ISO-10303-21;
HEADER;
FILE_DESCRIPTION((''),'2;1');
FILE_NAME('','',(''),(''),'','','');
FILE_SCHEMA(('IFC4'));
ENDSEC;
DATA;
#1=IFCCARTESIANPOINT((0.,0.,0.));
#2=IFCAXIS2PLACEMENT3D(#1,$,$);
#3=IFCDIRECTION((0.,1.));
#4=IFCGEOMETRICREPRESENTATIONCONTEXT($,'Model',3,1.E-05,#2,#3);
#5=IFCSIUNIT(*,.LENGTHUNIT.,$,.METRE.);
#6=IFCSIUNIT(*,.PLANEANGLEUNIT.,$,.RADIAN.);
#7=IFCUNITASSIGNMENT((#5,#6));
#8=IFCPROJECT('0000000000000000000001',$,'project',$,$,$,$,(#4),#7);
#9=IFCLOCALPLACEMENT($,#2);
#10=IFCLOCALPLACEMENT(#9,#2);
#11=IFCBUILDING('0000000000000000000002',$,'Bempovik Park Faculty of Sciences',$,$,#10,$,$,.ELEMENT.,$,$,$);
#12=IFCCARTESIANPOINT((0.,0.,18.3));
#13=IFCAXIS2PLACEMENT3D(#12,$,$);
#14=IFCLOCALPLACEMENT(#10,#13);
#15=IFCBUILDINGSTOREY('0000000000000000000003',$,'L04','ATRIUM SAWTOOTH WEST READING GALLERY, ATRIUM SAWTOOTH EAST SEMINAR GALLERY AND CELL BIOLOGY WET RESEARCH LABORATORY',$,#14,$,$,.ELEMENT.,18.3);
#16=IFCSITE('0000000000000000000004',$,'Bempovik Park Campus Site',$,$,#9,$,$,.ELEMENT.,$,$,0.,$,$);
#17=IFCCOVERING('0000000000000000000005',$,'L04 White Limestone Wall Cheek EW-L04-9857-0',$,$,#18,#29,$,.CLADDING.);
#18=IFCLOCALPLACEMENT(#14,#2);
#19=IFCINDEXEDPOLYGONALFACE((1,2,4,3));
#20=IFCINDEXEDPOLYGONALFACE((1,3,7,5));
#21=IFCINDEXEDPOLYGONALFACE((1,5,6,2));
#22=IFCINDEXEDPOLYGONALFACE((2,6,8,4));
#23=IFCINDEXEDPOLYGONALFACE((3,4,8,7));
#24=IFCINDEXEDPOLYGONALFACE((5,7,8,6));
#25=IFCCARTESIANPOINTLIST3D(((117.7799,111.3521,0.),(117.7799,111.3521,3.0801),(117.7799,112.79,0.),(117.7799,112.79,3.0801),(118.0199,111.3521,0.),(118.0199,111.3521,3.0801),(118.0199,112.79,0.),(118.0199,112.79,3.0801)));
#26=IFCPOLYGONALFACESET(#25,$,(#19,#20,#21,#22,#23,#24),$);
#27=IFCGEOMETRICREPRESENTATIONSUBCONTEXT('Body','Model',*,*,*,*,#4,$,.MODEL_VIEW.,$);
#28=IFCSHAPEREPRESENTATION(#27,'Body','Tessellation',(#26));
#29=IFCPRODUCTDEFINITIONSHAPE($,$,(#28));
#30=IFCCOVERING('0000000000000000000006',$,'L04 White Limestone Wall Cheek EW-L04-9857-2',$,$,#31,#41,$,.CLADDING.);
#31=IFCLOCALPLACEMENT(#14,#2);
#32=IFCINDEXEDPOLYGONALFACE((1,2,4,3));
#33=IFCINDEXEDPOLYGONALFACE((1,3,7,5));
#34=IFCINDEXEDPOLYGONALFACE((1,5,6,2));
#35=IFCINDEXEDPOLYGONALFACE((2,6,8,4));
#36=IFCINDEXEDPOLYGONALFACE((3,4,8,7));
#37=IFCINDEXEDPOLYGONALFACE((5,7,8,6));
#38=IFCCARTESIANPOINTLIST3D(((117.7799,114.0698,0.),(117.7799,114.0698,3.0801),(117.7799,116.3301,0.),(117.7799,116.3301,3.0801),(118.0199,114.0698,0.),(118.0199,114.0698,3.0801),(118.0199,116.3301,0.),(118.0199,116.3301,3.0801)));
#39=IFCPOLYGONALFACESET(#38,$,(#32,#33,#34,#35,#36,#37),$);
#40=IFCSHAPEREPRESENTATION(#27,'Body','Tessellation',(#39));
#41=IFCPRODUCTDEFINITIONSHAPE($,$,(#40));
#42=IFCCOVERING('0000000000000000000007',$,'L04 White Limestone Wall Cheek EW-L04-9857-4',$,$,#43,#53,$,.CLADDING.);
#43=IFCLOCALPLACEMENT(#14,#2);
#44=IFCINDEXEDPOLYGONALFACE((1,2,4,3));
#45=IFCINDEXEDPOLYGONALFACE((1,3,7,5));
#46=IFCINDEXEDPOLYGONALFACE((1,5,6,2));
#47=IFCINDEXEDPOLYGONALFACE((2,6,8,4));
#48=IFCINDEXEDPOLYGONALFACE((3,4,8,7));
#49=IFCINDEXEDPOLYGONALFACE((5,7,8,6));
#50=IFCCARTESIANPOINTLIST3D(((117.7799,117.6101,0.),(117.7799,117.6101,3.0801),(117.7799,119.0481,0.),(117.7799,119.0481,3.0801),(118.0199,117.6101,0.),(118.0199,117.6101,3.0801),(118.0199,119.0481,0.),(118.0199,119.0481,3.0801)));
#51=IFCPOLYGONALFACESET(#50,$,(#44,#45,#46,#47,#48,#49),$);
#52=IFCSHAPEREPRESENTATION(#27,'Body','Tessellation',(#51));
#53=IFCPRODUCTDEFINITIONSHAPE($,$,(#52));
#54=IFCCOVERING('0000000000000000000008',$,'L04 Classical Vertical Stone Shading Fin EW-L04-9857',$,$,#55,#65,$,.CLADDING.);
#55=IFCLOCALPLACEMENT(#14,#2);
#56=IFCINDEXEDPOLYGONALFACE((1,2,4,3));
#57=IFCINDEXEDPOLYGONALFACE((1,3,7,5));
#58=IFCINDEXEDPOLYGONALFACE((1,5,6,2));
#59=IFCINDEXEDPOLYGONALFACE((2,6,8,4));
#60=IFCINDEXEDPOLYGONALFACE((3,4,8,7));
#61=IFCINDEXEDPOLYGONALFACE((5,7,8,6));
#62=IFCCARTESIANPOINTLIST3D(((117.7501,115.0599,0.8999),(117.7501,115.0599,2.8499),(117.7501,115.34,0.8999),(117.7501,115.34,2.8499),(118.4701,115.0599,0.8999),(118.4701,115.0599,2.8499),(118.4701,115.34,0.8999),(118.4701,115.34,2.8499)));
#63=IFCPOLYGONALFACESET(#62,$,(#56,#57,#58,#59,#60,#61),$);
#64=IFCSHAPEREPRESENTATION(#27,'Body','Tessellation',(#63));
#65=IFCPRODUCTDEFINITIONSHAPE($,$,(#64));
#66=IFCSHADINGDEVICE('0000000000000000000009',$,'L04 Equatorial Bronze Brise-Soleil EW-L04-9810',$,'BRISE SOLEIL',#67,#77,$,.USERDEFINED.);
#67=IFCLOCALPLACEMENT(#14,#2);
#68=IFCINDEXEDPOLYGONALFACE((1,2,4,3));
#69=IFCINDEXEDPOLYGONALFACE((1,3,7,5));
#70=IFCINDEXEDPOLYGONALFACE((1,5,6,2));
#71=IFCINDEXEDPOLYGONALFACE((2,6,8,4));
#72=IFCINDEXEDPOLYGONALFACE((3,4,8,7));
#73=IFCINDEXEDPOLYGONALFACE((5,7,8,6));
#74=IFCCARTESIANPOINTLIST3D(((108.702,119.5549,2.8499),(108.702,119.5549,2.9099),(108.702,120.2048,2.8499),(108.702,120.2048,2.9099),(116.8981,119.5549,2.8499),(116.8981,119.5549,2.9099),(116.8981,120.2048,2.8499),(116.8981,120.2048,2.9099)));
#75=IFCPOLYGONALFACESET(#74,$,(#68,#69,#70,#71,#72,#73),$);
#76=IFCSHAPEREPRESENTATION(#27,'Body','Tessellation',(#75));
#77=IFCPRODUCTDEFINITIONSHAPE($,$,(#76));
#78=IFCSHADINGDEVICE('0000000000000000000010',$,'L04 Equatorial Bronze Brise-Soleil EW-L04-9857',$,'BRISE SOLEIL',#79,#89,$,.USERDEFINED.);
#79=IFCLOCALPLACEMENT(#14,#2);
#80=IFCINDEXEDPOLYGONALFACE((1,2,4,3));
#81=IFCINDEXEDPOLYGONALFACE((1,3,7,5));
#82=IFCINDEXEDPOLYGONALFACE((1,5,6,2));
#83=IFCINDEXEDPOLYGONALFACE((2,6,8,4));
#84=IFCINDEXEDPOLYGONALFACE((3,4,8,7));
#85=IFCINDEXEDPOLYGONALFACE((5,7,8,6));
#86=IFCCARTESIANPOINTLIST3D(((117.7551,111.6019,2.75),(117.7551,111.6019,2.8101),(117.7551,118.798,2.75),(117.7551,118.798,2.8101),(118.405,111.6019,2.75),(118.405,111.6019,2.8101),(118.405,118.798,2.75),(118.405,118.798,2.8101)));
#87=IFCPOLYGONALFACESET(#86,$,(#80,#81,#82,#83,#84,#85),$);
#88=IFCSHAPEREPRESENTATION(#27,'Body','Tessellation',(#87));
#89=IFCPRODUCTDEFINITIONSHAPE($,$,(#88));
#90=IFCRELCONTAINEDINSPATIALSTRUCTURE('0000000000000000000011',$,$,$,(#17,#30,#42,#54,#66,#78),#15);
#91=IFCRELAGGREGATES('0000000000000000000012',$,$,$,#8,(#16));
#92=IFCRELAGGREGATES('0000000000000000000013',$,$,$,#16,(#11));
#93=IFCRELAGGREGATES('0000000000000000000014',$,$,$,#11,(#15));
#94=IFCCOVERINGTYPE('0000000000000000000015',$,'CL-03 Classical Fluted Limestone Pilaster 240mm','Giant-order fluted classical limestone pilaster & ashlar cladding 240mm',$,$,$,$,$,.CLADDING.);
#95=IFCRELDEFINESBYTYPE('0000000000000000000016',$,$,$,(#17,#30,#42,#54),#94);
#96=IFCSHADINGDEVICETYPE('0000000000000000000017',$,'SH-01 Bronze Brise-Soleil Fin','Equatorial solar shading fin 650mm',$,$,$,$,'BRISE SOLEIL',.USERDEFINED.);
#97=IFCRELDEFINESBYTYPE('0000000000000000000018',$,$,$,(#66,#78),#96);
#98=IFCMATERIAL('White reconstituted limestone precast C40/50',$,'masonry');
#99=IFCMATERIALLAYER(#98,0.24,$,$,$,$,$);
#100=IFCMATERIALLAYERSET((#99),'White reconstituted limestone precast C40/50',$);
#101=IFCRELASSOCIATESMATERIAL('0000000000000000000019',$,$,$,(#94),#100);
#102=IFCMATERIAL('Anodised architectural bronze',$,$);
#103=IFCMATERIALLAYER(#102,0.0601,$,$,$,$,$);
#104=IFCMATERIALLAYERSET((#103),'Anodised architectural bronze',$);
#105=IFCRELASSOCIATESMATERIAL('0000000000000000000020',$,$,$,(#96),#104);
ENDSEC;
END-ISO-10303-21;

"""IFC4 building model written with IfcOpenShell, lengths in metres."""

from ifc_helpers import new_model, si_unit, direction, frame, origin, origin_2d, place, context, subcontext, project, spatial, rectangle, extrude, material, layer, layer_set, type_object, element, save


model = new_model("IFC4")

# Units and contexts
model_context = context("Model", 3, precision=1e-05, world=origin(), true_north=direction((0.0, 1.0)))
body_context = subcontext(model_context, "Body", "Model", "MODEL_VIEW")
ifc_project = project(units=[si_unit("LENGTHUNIT", "METRE"), si_unit("PLANEANGLEUNIT", "RADIAN")], contexts=[model_context])

# Site, building, storey
site_placement = place(None, origin())
site = spatial("IfcSite", under=ifc_project, at=site_placement, Name="Bempovik Park Campus Site", CompositionType="ELEMENT", RefElevation=0.0)
building_placement = place(site_placement, origin())
building = spatial("IfcBuilding", under=site, at=building_placement, Name="Bempovik Park Faculty of Sciences", CompositionType="ELEMENT")
storey_placement = place(building_placement, frame((0.0, 0.0, 18.3)))
storey = spatial("IfcBuildingStorey", under=building, at=storey_placement, Name="L04", Description="ATRIUM SAWTOOTH WEST READING GALLERY, ATRIUM SAWTOOTH EAST SEMINAR GALLERY AND CELL BIOLOGY WET RESEARCH LABORATORY", CompositionType="ELEMENT", Elevation=18.3)

# Coverings
ifc_material_1 = material(Name="White reconstituted limestone precast C40/50", Category="masonry")
ifc_layer_1 = layer(ifc_material_1, 0.24)
ifc_layer_set_1 = layer_set([ifc_layer_1], Name="White reconstituted limestone precast C40/50")
covering_type_1 = type_object("IfcCoveringType", Name="CL-03 Classical Fluted Limestone Pilaster 240mm", Description="Giant-order fluted classical limestone pilaster & ashlar cladding 240mm", PredefinedType="CLADDING", material=ifc_layer_set_1)
covering_1_placement = place(storey_placement, frame((117.8999, 112.071, 0.0), z_axis=(0.0, 0.0, 1.0), x_axis=(1.0, 0.0, 0.0)))
element("IfcCovering", 1, at=covering_1_placement, inside=storey, type_object=covering_type_1, Name="L04 White Limestone Wall Cheek EW-L04-9857-0", PredefinedType="CLADDING", context=body_context, shape_type="SweptSolid", body=[
    extrude(rectangle(XDim=0.24, YDim=1.438, at=origin_2d()), origin(), (0.0, 0.0, 1.0), 3.0801),
])
covering_2_placement = place(storey_placement, frame((117.8999, 115.2, 0.0), z_axis=(0.0, 0.0, 1.0), x_axis=(1.0, 0.0, 0.0)))
element("IfcCovering", 2, at=covering_2_placement, inside=storey, type_object=covering_type_1, Name="L04 White Limestone Wall Cheek EW-L04-9857-2", PredefinedType="CLADDING", context=body_context, shape_type="SweptSolid", body=[
    extrude(rectangle(XDim=0.24, YDim=2.2603, at=origin_2d()), origin(), (0.0, 0.0, 1.0), 3.0801),
])
covering_3_placement = place(storey_placement, frame((117.8999, 118.3291, 0.0), z_axis=(0.0, 0.0, 1.0), x_axis=(1.0, 0.0, 0.0)))
element("IfcCovering", 3, at=covering_3_placement, inside=storey, type_object=covering_type_1, Name="L04 White Limestone Wall Cheek EW-L04-9857-4", PredefinedType="CLADDING", context=body_context, shape_type="SweptSolid", body=[
    extrude(rectangle(XDim=0.24, YDim=1.438, at=origin_2d()), origin(), (0.0, 0.0, 1.0), 3.0801),
])
covering_4_placement = place(storey_placement, frame((118.1101, 115.2, 0.8999), z_axis=(0.0, 0.0, 1.0), x_axis=(1.0, 0.0, 0.0)))
element("IfcCovering", 4, at=covering_4_placement, inside=storey, type_object=covering_type_1, Name="L04 Classical Vertical Stone Shading Fin EW-L04-9857", PredefinedType="CLADDING", context=body_context, shape_type="SweptSolid", body=[
    extrude(rectangle(XDim=0.72, YDim=0.28, at=origin_2d()), origin(), (0.0, 0.0, 1.0), 1.95),
])

# Shading devices
ifc_material_2 = material(Name="Anodised architectural bronze")
ifc_layer_2 = layer(ifc_material_2, 0.0601)
ifc_layer_set_2 = layer_set([ifc_layer_2], Name="Anodised architectural bronze")
shading_device_type = type_object("IfcShadingDeviceType", Name="SH-01 Bronze Brise-Soleil Fin", Description="Equatorial solar shading fin 650mm", ElementType="BRISE SOLEIL", PredefinedType="USERDEFINED", material=ifc_layer_set_2)
shading_device_1_placement = place(storey_placement, frame((112.8, 119.8799, 2.8499), z_axis=(0.0, 0.0, 1.0), x_axis=(1.0, 0.0, 0.0)))
element("IfcShadingDevice", 5, at=shading_device_1_placement, inside=storey, type_object=shading_device_type, Name="L04 Equatorial Bronze Brise-Soleil EW-L04-9810", ObjectType="BRISE SOLEIL", PredefinedType="USERDEFINED", context=body_context, shape_type="SweptSolid", body=[
    extrude(rectangle(XDim=8.196, YDim=0.6499, at=origin_2d()), origin(), (0.0, 0.0, 1.0), 0.0601),
])
shading_device_2_placement = place(storey_placement, frame((118.0801, 115.2, 2.75), z_axis=(0.0, 0.0, 1.0), x_axis=(1.0, 0.0, 0.0)))
element("IfcShadingDevice", 6, at=shading_device_2_placement, inside=storey, type_object=shading_device_type, Name="L04 Equatorial Bronze Brise-Soleil EW-L04-9857", ObjectType="BRISE SOLEIL", PredefinedType="USERDEFINED", context=body_context, shape_type="SweptSolid", body=[
    extrude(rectangle(XDim=0.6499, YDim=7.196, at=origin_2d()), origin(), (0.0, 0.0, 1.0), 0.0601),
])

save(model, "model.ifc")
